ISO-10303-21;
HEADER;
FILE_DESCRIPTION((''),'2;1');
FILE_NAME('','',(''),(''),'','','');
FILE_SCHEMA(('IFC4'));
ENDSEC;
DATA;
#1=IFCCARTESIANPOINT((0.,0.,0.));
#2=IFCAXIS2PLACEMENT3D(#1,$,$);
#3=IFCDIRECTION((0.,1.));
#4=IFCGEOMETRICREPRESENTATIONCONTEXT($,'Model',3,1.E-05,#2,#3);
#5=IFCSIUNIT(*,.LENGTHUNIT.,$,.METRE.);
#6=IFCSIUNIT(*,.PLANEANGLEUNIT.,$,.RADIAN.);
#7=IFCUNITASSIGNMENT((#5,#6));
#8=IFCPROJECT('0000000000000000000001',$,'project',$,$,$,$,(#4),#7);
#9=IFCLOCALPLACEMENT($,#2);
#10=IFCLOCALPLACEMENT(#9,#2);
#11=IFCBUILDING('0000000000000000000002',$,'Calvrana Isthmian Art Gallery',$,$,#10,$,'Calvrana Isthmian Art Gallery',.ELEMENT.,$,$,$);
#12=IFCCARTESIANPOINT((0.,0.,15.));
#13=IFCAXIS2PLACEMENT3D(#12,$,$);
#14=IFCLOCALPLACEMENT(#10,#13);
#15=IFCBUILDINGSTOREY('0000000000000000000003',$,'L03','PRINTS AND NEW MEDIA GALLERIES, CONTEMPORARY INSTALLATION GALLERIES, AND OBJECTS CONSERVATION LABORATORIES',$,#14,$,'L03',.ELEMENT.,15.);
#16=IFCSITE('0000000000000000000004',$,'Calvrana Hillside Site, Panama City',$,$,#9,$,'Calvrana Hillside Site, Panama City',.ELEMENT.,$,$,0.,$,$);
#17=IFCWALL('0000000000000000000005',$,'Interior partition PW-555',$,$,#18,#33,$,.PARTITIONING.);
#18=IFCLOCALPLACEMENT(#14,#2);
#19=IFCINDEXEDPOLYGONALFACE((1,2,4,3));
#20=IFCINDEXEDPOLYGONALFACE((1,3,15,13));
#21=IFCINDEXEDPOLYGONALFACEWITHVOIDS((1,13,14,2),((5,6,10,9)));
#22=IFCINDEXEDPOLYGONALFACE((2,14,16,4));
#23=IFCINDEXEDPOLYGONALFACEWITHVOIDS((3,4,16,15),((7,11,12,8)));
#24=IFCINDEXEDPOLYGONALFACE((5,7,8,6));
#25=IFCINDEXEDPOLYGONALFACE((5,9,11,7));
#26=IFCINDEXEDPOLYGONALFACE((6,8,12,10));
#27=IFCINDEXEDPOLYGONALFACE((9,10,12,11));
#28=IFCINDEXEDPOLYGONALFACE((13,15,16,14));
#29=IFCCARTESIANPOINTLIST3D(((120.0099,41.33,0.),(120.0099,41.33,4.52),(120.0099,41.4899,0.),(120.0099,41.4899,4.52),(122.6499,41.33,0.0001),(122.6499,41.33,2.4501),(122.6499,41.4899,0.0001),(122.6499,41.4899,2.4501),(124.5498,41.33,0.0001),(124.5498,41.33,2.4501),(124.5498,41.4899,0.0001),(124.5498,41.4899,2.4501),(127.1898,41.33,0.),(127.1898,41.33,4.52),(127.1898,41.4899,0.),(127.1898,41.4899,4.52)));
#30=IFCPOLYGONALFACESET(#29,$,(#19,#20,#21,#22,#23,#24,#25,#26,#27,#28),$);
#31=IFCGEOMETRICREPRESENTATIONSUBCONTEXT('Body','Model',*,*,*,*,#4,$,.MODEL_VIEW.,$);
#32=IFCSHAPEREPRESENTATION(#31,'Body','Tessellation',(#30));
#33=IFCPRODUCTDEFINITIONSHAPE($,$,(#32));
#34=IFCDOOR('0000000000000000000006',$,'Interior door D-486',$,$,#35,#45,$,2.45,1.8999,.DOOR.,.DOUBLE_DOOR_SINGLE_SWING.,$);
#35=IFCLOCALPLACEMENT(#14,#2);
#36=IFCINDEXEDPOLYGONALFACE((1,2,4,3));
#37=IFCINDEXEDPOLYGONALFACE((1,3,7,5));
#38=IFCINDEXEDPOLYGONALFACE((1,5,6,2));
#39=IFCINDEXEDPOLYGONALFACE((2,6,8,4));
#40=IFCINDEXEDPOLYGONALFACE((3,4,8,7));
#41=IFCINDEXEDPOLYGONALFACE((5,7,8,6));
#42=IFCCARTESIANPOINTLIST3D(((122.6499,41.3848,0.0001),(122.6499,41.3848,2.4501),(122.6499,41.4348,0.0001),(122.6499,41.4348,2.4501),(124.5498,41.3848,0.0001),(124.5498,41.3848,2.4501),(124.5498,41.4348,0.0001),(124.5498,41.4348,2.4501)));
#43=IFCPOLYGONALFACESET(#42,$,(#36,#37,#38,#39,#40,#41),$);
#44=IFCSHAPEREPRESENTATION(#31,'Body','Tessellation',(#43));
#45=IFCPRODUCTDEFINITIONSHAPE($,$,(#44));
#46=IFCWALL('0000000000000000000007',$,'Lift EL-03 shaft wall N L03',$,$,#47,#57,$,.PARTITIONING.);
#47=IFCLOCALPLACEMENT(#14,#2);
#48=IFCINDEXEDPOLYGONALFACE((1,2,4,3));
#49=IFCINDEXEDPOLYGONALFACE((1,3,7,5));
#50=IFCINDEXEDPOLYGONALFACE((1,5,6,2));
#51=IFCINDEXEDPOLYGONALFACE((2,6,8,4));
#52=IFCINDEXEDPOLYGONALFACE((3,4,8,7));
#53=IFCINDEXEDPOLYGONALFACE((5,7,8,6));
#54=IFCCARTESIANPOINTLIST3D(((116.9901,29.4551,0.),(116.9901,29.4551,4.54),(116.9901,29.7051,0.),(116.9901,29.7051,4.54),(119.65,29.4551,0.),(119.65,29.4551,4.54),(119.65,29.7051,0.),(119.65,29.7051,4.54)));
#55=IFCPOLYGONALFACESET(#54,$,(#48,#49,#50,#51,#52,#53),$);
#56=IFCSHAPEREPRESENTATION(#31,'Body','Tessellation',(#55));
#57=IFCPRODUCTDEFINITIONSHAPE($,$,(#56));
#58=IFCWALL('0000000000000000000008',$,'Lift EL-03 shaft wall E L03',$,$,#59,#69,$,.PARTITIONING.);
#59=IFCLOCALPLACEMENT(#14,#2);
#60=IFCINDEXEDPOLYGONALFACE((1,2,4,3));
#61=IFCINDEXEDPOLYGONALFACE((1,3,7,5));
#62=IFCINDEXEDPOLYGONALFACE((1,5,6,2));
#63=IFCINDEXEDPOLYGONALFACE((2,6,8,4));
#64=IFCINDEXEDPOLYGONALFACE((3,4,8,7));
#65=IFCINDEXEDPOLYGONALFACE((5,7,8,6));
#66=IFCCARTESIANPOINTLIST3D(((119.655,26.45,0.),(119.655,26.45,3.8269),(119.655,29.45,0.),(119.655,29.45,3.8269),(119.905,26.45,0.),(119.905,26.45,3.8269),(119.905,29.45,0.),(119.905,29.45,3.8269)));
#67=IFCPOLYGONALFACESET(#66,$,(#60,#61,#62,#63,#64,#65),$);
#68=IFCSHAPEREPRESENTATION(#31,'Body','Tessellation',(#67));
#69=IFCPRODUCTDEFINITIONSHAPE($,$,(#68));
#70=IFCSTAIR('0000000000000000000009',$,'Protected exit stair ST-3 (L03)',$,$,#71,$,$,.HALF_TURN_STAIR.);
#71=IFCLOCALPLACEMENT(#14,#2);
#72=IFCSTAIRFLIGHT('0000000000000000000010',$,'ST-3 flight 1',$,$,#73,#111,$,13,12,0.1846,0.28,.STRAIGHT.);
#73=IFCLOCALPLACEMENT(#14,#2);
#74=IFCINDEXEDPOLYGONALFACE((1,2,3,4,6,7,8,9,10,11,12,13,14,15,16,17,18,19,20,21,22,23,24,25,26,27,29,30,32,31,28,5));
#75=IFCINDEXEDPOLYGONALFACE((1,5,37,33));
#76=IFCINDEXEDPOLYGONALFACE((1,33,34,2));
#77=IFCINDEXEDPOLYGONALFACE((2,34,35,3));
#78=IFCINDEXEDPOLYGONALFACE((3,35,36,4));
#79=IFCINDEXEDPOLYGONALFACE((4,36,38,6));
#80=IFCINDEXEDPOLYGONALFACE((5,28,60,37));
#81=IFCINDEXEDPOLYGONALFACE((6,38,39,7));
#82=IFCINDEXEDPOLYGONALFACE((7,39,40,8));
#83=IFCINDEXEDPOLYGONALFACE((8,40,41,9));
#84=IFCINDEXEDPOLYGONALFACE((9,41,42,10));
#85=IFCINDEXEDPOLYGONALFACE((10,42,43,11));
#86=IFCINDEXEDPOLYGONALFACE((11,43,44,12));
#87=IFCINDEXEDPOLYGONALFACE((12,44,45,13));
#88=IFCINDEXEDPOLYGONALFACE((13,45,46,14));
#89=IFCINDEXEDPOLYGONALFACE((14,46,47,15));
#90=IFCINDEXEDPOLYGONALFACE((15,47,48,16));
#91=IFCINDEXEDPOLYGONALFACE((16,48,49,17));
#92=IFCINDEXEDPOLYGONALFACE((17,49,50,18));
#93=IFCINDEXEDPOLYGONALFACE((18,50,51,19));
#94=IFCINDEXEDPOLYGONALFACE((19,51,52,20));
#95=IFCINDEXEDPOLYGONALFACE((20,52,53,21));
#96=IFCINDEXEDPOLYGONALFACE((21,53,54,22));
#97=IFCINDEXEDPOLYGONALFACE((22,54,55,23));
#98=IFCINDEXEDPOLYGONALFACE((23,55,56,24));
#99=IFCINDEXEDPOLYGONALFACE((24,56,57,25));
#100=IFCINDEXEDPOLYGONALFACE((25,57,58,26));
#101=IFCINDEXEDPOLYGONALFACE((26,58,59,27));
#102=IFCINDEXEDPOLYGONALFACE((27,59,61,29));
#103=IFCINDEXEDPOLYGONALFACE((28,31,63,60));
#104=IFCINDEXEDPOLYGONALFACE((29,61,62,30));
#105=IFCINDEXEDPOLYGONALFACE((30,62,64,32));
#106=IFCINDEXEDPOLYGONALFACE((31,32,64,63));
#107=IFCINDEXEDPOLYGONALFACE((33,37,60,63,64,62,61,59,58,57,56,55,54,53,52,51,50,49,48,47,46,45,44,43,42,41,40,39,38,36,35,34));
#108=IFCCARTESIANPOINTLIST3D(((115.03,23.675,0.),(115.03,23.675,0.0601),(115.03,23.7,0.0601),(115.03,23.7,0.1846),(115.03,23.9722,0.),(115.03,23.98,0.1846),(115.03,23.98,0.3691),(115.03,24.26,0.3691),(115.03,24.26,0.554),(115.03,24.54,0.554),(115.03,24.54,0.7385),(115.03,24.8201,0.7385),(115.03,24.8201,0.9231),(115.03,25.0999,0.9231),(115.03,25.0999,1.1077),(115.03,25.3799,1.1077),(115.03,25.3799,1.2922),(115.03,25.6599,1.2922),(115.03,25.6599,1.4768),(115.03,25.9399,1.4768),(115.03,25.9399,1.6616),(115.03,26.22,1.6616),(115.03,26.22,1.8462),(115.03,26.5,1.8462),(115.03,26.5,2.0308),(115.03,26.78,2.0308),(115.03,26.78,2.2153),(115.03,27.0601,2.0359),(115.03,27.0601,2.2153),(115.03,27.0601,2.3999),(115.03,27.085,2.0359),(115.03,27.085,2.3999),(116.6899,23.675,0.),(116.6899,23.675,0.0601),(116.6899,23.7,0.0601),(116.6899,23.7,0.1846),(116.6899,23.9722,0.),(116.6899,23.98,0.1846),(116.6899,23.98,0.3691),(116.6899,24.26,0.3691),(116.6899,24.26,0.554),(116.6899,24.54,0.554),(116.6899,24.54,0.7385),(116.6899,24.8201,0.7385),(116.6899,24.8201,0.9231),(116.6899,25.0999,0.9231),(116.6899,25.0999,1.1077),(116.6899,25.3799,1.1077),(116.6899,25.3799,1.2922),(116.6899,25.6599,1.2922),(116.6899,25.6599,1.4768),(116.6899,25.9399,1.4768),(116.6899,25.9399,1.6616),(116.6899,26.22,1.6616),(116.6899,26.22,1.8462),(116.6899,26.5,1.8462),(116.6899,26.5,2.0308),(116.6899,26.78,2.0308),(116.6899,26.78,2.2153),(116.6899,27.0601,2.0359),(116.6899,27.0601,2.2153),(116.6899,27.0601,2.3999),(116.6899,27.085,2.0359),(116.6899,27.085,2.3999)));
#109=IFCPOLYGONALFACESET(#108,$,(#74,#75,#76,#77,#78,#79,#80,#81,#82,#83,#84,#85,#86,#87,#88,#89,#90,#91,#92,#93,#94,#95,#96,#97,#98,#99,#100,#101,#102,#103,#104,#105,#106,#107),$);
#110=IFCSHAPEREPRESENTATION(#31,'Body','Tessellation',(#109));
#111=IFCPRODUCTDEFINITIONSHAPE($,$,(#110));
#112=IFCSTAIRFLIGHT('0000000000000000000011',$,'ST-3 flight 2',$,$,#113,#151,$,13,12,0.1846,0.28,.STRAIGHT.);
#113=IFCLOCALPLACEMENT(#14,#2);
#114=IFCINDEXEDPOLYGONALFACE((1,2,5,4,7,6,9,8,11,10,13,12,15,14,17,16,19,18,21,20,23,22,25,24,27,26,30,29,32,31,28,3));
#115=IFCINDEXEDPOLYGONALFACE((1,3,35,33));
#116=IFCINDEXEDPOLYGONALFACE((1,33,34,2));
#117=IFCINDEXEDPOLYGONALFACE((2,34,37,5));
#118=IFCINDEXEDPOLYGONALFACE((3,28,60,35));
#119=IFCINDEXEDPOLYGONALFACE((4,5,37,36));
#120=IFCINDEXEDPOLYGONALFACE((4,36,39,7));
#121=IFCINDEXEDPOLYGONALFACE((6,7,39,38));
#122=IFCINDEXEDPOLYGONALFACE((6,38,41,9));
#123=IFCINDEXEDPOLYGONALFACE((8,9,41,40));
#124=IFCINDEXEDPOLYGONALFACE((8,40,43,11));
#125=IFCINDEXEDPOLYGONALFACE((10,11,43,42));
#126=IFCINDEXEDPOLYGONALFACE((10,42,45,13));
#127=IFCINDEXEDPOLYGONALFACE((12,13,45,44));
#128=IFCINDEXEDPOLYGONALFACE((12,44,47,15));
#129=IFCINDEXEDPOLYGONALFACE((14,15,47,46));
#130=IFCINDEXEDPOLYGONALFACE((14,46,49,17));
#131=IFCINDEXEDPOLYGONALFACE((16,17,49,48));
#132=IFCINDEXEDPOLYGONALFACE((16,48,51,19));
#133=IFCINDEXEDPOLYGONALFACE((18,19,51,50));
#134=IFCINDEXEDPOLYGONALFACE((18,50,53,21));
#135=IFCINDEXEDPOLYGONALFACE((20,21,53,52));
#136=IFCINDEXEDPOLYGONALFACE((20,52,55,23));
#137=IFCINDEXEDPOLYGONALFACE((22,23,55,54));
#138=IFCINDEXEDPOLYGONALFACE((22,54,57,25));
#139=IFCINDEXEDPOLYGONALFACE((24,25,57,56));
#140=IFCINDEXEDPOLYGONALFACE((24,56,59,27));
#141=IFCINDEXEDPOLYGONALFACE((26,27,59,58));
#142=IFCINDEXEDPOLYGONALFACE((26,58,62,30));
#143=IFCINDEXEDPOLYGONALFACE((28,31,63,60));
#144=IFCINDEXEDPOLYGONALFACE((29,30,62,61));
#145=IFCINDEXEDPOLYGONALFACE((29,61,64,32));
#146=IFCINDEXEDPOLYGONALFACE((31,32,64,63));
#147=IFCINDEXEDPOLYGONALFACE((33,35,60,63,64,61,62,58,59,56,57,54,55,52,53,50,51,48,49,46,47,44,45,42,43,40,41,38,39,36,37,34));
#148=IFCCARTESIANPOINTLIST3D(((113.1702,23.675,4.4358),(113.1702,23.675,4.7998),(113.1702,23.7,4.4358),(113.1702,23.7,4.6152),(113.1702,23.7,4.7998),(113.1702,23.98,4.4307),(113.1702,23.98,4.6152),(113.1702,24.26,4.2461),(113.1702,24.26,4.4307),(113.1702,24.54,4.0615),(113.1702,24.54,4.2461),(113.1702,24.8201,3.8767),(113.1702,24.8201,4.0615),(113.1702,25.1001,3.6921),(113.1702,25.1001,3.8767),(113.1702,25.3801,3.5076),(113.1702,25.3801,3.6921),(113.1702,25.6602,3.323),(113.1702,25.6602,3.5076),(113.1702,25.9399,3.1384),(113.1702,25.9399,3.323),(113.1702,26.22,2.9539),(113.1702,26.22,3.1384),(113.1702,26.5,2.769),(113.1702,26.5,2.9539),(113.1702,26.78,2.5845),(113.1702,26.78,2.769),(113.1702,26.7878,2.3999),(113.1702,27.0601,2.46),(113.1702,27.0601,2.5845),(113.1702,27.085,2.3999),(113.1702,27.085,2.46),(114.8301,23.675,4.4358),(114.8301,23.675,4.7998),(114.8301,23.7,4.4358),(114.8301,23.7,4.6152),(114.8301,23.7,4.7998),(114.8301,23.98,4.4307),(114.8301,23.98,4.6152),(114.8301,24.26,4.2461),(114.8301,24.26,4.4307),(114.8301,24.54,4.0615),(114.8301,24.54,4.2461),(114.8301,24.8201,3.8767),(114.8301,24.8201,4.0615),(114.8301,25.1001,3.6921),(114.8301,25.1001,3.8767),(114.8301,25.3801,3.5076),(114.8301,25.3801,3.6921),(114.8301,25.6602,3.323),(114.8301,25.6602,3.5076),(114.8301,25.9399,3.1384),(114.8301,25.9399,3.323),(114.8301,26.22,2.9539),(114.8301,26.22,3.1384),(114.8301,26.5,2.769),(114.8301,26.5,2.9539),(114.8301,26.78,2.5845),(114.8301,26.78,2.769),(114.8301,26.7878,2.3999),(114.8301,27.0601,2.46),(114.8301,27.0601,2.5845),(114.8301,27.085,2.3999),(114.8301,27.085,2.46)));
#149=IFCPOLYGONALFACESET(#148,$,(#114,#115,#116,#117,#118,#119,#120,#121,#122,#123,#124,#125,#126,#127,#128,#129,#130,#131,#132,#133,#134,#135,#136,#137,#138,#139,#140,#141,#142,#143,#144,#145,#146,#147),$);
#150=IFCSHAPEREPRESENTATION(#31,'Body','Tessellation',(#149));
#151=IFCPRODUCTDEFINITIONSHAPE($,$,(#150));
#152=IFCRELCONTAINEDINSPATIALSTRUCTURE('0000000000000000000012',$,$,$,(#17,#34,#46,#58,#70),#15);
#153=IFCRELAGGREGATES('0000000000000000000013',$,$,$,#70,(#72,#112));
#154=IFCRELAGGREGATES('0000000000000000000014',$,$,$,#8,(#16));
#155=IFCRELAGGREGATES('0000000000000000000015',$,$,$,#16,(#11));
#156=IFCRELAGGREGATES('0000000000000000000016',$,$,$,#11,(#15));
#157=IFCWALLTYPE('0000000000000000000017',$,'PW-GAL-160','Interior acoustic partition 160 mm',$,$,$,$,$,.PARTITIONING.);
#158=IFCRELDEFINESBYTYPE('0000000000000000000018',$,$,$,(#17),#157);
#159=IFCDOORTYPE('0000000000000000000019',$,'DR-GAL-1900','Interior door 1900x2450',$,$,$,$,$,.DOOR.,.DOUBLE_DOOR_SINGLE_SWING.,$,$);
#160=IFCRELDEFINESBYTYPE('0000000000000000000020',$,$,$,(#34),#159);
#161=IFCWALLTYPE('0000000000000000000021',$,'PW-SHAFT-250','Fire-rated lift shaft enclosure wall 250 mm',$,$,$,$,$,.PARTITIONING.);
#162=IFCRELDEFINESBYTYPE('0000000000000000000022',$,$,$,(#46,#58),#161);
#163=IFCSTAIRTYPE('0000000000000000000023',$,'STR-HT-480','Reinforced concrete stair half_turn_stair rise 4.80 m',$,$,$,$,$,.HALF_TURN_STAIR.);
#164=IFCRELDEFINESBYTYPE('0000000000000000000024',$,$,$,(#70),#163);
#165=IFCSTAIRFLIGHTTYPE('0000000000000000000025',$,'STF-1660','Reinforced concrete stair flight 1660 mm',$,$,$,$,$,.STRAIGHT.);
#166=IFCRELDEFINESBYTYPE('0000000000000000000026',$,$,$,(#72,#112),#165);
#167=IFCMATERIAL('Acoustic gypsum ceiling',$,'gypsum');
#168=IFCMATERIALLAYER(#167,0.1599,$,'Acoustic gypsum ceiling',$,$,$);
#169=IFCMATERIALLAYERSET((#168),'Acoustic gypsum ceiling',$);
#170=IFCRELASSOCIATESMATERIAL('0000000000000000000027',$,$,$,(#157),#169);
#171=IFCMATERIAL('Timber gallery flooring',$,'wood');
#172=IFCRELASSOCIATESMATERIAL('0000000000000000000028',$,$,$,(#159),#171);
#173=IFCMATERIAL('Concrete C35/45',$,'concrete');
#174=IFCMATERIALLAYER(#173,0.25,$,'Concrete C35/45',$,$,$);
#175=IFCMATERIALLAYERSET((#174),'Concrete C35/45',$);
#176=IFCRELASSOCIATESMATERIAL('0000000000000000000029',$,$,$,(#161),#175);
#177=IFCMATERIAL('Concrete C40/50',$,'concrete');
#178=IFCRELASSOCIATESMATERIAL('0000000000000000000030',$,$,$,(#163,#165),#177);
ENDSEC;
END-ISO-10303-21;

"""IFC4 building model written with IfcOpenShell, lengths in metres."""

from ifc_helpers import new_model, si_unit, direction, frame, frame_2d, origin, place, context, subcontext, project, spatial, polyline, rectangle, outline, extrude, material, layer, layer_set, type_object, element, fill, aggregate, save


model = new_model("IFC4")

# Units and contexts
model_context = context("Model", 3, precision=1e-05, world=origin(), true_north=direction((0.0, 1.0)))
body_context = subcontext(model_context, "Body", "Model", "MODEL_VIEW")
ifc_project = project(units=[si_unit("LENGTHUNIT", "METRE"), si_unit("PLANEANGLEUNIT", "RADIAN")], contexts=[model_context])

# Site, building, storey
site_placement = place(None, origin())
site = spatial("IfcSite", under=ifc_project, at=site_placement, Name="Calvrana Hillside Site, Panama City", LongName="Calvrana Hillside Site, Panama City", CompositionType="ELEMENT", RefElevation=0.0)
building_placement = place(site_placement, origin())
building = spatial("IfcBuilding", under=site, at=building_placement, Name="Calvrana Isthmian Art Gallery", LongName="Calvrana Isthmian Art Gallery", CompositionType="ELEMENT")
storey_placement = place(building_placement, frame((0.0, 0.0, 15.0)))
storey = spatial("IfcBuildingStorey", under=building, at=storey_placement, Name="L03", Description="PRINTS AND NEW MEDIA GALLERIES, CONTEMPORARY INSTALLATION GALLERIES, AND OBJECTS CONSERVATION LABORATORIES", LongName="L03", CompositionType="ELEMENT", Elevation=15.0)

# Shared definitions
ifc_material_1 = material(Name="Acoustic gypsum ceiling", Category="gypsum")
ifc_layer_1 = layer(ifc_material_1, 0.1599, Name="Acoustic gypsum ceiling")
ifc_layer_set_1 = layer_set([ifc_layer_1], Name="Acoustic gypsum ceiling")
wall_type_1 = type_object("IfcWallType", Name="PW-GAL-160", Description="Interior acoustic partition 160 mm", PredefinedType="PARTITIONING", material=ifc_layer_set_1)

# Wall, opening, door
wall_1_placement = place(storey_placement, frame((120.01, 41.4099, 0.0), z_axis=(0.0, 0.0, 1.0), x_axis=(1.0, 0.0, 0.0)))
wall_1 = element("IfcWall", 1, at=wall_1_placement, inside=storey, type_object=wall_type_1, Name="Interior partition PW-555", PredefinedType="PARTITIONING", context=body_context, shape_type="SweptSolid", body=[
    extrude(rectangle(XDim=7.1799, YDim=0.1599, at=frame_2d((3.5898, 0.0))), origin(), (0.0, 0.0, 1.0), 4.52),
])
opening_1_placement = place(wall_1_placement, frame((2.6399, 0.0, 0.0)))
opening_1 = element("IfcOpeningElement", 2, at=opening_1_placement, cuts=wall_1, PredefinedType="OPENING", context=body_context, shape_type="SweptSolid", body=[
    extrude(rectangle(XDim=1.8999, YDim=2.45, at=frame_2d((0.95, 1.2251))), frame((0.0, 0.0903, 0.0), z_axis=(0.0, -1.0, 0.0), x_axis=(1.0, 0.0, 0.0)), (0.0, 0.0, 1.0), 0.1804),
])
ifc_material_2 = material(Name="Timber gallery flooring", Category="wood")
door_type_1 = type_object("IfcDoorType", Name="DR-GAL-1900", Description="Interior door 1900x2450", OperationType="DOUBLE_DOOR_SINGLE_SWING", PredefinedType="DOOR", material=ifc_material_2)
door_1_placement = place(opening_1_placement, origin())
door_1 = element("IfcDoor", 3, at=door_1_placement, inside=storey, type_object=door_type_1, Name="Interior door D-486", OperationType="DOUBLE_DOOR_SINGLE_SWING", OverallHeight=2.45, OverallWidth=1.8999, PredefinedType="DOOR", context=body_context, shape_type="SweptSolid", body=[
    extrude(rectangle(XDim=1.8999, YDim=2.45, at=frame_2d((0.95, 1.2251))), frame((0.0, 0.0249, 0.0), z_axis=(0.0, -1.0, 0.0), x_axis=(1.0, 0.0, 0.0)), (0.0, 0.0, 1.0), 0.05),
])
fill(opening_1, door_1)

# Walls
ifc_material_3 = material(Name="Concrete C35/45", Category="concrete")
ifc_layer_2 = layer(ifc_material_3, 0.25, Name="Concrete C35/45")
ifc_layer_set_2 = layer_set([ifc_layer_2], Name="Concrete C35/45")
wall_type_2 = type_object("IfcWallType", Name="PW-SHAFT-250", Description="Fire-rated lift shaft enclosure wall 250 mm", PredefinedType="PARTITIONING", material=ifc_layer_set_2)
wall_2_placement = place(storey_placement, frame((116.99, 29.5801, 0.0), z_axis=(0.0, 0.0, 1.0), x_axis=(1.0, 0.0, 0.0)))
element("IfcWall", 4, at=wall_2_placement, inside=storey, type_object=wall_type_2, Name="Lift EL-03 shaft wall N L03", PredefinedType="PARTITIONING", context=body_context, shape_type="SweptSolid", body=[
    extrude(rectangle(XDim=2.6599, YDim=0.25, at=frame_2d((1.3301, 0.0))), origin(), (0.0, 0.0, 1.0), 4.54),
])
wall_3_placement = place(storey_placement, frame((119.78, 26.45, 0.0), z_axis=(0.0, 0.0, 1.0), x_axis=(0.0, 1.0, 0.0)))
element("IfcWall", 5, at=wall_3_placement, inside=storey, type_object=wall_type_2, Name="Lift EL-03 shaft wall E L03", PredefinedType="PARTITIONING", context=body_context, shape_type="SweptSolid", body=[
    extrude(rectangle(XDim=3.0, YDim=0.25, at=frame_2d((1.5, 0.0))), origin(), (0.0, 0.0, 1.0), 3.8269),
])

# Stair, stair flights
ifc_material_4 = material(Name="Concrete C40/50", Category="concrete")
stair_type = type_object("IfcStairType", Name="STR-HT-480", Description="Reinforced concrete stair half_turn_stair rise 4.80 m", PredefinedType="HALF_TURN_STAIR", material=ifc_material_4)
stair_placement = place(storey_placement, origin())
stair = element("IfcStair", 6, at=stair_placement, inside=storey, type_object=stair_type, Name="Protected exit stair ST-3 (L03)", PredefinedType="HALF_TURN_STAIR")
stair_flight_type = type_object("IfcStairFlightType", Name="STF-1660", Description="Reinforced concrete stair flight 1660 mm", PredefinedType="STRAIGHT", material=ifc_material_4)
stair_flight_1_placement = place(storey_placement, frame((115.8601, 23.7, 0.0), z_axis=(0.0, 0.0, 1.0), x_axis=(0.0, 1.0, 0.0)))
stair_flight_1 = element("IfcStairFlight", 7, at=stair_flight_1_placement, type_object=stair_flight_type, Name="ST-3 flight 1", NumberOfRisers=13, NumberOfTreads=12, PredefinedType="STRAIGHT", RiserHeight=0.1846, TreadLength=0.28, context=body_context, shape_type="SweptSolid", body=[
    extrude(outline(polyline([(-0.0249, 0.0), (-0.0249, 0.0601), (0.0, 0.0601), (0.0, 0.1846), (0.28, 0.1846), (0.28, 0.3691), (0.5601, 0.3691), (0.5601, 0.554), (0.8401, 0.554), (0.8401, 0.7385), (1.1201, 0.7385), (1.1201, 0.9231), (1.3999, 0.9231), (1.3999, 1.1077), (1.6799, 1.1077), (1.6799, 1.2922), (1.96, 1.2922), (1.96, 1.4768), (2.24, 1.4768), (2.24, 1.6616), (2.52, 1.6616), (2.52, 1.8462), (2.8, 1.8462), (2.8, 2.0308), (3.0801, 2.0308), (3.0801, 2.2153), (3.3601, 2.2153), (3.3601, 2.3999), (3.385, 2.3999), (3.385, 2.0359), (3.3601, 2.0359), (0.2722, 0.0), (-0.0249, 0.0)])), frame((0.0, 0.8301, 0.0), z_axis=(0.0, -1.0, 0.0), x_axis=(1.0, 0.0, 0.0)), (0.0, 0.0, 1.0), 1.6599),
])
stair_flight_2_placement = place(storey_placement, frame((114.0, 27.0601, 2.3999), z_axis=(0.0, 0.0, 1.0), x_axis=(0.0, -1.0, 0.0)))
stair_flight_2 = element("IfcStairFlight", 8, at=stair_flight_2_placement, type_object=stair_flight_type, Name="ST-3 flight 2", NumberOfRisers=13, NumberOfTreads=12, PredefinedType="STRAIGHT", RiserHeight=0.1846, TreadLength=0.28, context=body_context, shape_type="SweptSolid", body=[
    extrude(outline(polyline([(-0.0249, 0.0), (-0.0249, 0.0601), (0.0, 0.0601), (0.0, 0.1846), (0.28, 0.1846), (0.28, 0.3691), (0.5601, 0.3691), (0.5601, 0.554), (0.8401, 0.554), (0.8401, 0.7385), (1.1201, 0.7385), (1.1201, 0.9231), (1.3999, 0.9231), (1.3999, 1.1077), (1.6799, 1.1077), (1.6799, 1.2922), (1.96, 1.2922), (1.96, 1.4768), (2.24, 1.4768), (2.24, 1.6616), (2.52, 1.6616), (2.52, 1.8462), (2.8, 1.8462), (2.8, 2.0308), (3.0801, 2.0308), (3.0801, 2.2153), (3.3601, 2.2153), (3.3601, 2.3999), (3.385, 2.3999), (3.385, 2.0359), (3.3601, 2.0359), (0.2722, 0.0), (-0.0249, 0.0)])), frame((0.0, 0.8301, 0.0), z_axis=(0.0, -1.0, 0.0), x_axis=(1.0, 0.0, 0.0)), (0.0, 0.0, 1.0), 1.6599),
])
aggregate(stair, [stair_flight_1, stair_flight_2])

save(model, "model.ifc")
